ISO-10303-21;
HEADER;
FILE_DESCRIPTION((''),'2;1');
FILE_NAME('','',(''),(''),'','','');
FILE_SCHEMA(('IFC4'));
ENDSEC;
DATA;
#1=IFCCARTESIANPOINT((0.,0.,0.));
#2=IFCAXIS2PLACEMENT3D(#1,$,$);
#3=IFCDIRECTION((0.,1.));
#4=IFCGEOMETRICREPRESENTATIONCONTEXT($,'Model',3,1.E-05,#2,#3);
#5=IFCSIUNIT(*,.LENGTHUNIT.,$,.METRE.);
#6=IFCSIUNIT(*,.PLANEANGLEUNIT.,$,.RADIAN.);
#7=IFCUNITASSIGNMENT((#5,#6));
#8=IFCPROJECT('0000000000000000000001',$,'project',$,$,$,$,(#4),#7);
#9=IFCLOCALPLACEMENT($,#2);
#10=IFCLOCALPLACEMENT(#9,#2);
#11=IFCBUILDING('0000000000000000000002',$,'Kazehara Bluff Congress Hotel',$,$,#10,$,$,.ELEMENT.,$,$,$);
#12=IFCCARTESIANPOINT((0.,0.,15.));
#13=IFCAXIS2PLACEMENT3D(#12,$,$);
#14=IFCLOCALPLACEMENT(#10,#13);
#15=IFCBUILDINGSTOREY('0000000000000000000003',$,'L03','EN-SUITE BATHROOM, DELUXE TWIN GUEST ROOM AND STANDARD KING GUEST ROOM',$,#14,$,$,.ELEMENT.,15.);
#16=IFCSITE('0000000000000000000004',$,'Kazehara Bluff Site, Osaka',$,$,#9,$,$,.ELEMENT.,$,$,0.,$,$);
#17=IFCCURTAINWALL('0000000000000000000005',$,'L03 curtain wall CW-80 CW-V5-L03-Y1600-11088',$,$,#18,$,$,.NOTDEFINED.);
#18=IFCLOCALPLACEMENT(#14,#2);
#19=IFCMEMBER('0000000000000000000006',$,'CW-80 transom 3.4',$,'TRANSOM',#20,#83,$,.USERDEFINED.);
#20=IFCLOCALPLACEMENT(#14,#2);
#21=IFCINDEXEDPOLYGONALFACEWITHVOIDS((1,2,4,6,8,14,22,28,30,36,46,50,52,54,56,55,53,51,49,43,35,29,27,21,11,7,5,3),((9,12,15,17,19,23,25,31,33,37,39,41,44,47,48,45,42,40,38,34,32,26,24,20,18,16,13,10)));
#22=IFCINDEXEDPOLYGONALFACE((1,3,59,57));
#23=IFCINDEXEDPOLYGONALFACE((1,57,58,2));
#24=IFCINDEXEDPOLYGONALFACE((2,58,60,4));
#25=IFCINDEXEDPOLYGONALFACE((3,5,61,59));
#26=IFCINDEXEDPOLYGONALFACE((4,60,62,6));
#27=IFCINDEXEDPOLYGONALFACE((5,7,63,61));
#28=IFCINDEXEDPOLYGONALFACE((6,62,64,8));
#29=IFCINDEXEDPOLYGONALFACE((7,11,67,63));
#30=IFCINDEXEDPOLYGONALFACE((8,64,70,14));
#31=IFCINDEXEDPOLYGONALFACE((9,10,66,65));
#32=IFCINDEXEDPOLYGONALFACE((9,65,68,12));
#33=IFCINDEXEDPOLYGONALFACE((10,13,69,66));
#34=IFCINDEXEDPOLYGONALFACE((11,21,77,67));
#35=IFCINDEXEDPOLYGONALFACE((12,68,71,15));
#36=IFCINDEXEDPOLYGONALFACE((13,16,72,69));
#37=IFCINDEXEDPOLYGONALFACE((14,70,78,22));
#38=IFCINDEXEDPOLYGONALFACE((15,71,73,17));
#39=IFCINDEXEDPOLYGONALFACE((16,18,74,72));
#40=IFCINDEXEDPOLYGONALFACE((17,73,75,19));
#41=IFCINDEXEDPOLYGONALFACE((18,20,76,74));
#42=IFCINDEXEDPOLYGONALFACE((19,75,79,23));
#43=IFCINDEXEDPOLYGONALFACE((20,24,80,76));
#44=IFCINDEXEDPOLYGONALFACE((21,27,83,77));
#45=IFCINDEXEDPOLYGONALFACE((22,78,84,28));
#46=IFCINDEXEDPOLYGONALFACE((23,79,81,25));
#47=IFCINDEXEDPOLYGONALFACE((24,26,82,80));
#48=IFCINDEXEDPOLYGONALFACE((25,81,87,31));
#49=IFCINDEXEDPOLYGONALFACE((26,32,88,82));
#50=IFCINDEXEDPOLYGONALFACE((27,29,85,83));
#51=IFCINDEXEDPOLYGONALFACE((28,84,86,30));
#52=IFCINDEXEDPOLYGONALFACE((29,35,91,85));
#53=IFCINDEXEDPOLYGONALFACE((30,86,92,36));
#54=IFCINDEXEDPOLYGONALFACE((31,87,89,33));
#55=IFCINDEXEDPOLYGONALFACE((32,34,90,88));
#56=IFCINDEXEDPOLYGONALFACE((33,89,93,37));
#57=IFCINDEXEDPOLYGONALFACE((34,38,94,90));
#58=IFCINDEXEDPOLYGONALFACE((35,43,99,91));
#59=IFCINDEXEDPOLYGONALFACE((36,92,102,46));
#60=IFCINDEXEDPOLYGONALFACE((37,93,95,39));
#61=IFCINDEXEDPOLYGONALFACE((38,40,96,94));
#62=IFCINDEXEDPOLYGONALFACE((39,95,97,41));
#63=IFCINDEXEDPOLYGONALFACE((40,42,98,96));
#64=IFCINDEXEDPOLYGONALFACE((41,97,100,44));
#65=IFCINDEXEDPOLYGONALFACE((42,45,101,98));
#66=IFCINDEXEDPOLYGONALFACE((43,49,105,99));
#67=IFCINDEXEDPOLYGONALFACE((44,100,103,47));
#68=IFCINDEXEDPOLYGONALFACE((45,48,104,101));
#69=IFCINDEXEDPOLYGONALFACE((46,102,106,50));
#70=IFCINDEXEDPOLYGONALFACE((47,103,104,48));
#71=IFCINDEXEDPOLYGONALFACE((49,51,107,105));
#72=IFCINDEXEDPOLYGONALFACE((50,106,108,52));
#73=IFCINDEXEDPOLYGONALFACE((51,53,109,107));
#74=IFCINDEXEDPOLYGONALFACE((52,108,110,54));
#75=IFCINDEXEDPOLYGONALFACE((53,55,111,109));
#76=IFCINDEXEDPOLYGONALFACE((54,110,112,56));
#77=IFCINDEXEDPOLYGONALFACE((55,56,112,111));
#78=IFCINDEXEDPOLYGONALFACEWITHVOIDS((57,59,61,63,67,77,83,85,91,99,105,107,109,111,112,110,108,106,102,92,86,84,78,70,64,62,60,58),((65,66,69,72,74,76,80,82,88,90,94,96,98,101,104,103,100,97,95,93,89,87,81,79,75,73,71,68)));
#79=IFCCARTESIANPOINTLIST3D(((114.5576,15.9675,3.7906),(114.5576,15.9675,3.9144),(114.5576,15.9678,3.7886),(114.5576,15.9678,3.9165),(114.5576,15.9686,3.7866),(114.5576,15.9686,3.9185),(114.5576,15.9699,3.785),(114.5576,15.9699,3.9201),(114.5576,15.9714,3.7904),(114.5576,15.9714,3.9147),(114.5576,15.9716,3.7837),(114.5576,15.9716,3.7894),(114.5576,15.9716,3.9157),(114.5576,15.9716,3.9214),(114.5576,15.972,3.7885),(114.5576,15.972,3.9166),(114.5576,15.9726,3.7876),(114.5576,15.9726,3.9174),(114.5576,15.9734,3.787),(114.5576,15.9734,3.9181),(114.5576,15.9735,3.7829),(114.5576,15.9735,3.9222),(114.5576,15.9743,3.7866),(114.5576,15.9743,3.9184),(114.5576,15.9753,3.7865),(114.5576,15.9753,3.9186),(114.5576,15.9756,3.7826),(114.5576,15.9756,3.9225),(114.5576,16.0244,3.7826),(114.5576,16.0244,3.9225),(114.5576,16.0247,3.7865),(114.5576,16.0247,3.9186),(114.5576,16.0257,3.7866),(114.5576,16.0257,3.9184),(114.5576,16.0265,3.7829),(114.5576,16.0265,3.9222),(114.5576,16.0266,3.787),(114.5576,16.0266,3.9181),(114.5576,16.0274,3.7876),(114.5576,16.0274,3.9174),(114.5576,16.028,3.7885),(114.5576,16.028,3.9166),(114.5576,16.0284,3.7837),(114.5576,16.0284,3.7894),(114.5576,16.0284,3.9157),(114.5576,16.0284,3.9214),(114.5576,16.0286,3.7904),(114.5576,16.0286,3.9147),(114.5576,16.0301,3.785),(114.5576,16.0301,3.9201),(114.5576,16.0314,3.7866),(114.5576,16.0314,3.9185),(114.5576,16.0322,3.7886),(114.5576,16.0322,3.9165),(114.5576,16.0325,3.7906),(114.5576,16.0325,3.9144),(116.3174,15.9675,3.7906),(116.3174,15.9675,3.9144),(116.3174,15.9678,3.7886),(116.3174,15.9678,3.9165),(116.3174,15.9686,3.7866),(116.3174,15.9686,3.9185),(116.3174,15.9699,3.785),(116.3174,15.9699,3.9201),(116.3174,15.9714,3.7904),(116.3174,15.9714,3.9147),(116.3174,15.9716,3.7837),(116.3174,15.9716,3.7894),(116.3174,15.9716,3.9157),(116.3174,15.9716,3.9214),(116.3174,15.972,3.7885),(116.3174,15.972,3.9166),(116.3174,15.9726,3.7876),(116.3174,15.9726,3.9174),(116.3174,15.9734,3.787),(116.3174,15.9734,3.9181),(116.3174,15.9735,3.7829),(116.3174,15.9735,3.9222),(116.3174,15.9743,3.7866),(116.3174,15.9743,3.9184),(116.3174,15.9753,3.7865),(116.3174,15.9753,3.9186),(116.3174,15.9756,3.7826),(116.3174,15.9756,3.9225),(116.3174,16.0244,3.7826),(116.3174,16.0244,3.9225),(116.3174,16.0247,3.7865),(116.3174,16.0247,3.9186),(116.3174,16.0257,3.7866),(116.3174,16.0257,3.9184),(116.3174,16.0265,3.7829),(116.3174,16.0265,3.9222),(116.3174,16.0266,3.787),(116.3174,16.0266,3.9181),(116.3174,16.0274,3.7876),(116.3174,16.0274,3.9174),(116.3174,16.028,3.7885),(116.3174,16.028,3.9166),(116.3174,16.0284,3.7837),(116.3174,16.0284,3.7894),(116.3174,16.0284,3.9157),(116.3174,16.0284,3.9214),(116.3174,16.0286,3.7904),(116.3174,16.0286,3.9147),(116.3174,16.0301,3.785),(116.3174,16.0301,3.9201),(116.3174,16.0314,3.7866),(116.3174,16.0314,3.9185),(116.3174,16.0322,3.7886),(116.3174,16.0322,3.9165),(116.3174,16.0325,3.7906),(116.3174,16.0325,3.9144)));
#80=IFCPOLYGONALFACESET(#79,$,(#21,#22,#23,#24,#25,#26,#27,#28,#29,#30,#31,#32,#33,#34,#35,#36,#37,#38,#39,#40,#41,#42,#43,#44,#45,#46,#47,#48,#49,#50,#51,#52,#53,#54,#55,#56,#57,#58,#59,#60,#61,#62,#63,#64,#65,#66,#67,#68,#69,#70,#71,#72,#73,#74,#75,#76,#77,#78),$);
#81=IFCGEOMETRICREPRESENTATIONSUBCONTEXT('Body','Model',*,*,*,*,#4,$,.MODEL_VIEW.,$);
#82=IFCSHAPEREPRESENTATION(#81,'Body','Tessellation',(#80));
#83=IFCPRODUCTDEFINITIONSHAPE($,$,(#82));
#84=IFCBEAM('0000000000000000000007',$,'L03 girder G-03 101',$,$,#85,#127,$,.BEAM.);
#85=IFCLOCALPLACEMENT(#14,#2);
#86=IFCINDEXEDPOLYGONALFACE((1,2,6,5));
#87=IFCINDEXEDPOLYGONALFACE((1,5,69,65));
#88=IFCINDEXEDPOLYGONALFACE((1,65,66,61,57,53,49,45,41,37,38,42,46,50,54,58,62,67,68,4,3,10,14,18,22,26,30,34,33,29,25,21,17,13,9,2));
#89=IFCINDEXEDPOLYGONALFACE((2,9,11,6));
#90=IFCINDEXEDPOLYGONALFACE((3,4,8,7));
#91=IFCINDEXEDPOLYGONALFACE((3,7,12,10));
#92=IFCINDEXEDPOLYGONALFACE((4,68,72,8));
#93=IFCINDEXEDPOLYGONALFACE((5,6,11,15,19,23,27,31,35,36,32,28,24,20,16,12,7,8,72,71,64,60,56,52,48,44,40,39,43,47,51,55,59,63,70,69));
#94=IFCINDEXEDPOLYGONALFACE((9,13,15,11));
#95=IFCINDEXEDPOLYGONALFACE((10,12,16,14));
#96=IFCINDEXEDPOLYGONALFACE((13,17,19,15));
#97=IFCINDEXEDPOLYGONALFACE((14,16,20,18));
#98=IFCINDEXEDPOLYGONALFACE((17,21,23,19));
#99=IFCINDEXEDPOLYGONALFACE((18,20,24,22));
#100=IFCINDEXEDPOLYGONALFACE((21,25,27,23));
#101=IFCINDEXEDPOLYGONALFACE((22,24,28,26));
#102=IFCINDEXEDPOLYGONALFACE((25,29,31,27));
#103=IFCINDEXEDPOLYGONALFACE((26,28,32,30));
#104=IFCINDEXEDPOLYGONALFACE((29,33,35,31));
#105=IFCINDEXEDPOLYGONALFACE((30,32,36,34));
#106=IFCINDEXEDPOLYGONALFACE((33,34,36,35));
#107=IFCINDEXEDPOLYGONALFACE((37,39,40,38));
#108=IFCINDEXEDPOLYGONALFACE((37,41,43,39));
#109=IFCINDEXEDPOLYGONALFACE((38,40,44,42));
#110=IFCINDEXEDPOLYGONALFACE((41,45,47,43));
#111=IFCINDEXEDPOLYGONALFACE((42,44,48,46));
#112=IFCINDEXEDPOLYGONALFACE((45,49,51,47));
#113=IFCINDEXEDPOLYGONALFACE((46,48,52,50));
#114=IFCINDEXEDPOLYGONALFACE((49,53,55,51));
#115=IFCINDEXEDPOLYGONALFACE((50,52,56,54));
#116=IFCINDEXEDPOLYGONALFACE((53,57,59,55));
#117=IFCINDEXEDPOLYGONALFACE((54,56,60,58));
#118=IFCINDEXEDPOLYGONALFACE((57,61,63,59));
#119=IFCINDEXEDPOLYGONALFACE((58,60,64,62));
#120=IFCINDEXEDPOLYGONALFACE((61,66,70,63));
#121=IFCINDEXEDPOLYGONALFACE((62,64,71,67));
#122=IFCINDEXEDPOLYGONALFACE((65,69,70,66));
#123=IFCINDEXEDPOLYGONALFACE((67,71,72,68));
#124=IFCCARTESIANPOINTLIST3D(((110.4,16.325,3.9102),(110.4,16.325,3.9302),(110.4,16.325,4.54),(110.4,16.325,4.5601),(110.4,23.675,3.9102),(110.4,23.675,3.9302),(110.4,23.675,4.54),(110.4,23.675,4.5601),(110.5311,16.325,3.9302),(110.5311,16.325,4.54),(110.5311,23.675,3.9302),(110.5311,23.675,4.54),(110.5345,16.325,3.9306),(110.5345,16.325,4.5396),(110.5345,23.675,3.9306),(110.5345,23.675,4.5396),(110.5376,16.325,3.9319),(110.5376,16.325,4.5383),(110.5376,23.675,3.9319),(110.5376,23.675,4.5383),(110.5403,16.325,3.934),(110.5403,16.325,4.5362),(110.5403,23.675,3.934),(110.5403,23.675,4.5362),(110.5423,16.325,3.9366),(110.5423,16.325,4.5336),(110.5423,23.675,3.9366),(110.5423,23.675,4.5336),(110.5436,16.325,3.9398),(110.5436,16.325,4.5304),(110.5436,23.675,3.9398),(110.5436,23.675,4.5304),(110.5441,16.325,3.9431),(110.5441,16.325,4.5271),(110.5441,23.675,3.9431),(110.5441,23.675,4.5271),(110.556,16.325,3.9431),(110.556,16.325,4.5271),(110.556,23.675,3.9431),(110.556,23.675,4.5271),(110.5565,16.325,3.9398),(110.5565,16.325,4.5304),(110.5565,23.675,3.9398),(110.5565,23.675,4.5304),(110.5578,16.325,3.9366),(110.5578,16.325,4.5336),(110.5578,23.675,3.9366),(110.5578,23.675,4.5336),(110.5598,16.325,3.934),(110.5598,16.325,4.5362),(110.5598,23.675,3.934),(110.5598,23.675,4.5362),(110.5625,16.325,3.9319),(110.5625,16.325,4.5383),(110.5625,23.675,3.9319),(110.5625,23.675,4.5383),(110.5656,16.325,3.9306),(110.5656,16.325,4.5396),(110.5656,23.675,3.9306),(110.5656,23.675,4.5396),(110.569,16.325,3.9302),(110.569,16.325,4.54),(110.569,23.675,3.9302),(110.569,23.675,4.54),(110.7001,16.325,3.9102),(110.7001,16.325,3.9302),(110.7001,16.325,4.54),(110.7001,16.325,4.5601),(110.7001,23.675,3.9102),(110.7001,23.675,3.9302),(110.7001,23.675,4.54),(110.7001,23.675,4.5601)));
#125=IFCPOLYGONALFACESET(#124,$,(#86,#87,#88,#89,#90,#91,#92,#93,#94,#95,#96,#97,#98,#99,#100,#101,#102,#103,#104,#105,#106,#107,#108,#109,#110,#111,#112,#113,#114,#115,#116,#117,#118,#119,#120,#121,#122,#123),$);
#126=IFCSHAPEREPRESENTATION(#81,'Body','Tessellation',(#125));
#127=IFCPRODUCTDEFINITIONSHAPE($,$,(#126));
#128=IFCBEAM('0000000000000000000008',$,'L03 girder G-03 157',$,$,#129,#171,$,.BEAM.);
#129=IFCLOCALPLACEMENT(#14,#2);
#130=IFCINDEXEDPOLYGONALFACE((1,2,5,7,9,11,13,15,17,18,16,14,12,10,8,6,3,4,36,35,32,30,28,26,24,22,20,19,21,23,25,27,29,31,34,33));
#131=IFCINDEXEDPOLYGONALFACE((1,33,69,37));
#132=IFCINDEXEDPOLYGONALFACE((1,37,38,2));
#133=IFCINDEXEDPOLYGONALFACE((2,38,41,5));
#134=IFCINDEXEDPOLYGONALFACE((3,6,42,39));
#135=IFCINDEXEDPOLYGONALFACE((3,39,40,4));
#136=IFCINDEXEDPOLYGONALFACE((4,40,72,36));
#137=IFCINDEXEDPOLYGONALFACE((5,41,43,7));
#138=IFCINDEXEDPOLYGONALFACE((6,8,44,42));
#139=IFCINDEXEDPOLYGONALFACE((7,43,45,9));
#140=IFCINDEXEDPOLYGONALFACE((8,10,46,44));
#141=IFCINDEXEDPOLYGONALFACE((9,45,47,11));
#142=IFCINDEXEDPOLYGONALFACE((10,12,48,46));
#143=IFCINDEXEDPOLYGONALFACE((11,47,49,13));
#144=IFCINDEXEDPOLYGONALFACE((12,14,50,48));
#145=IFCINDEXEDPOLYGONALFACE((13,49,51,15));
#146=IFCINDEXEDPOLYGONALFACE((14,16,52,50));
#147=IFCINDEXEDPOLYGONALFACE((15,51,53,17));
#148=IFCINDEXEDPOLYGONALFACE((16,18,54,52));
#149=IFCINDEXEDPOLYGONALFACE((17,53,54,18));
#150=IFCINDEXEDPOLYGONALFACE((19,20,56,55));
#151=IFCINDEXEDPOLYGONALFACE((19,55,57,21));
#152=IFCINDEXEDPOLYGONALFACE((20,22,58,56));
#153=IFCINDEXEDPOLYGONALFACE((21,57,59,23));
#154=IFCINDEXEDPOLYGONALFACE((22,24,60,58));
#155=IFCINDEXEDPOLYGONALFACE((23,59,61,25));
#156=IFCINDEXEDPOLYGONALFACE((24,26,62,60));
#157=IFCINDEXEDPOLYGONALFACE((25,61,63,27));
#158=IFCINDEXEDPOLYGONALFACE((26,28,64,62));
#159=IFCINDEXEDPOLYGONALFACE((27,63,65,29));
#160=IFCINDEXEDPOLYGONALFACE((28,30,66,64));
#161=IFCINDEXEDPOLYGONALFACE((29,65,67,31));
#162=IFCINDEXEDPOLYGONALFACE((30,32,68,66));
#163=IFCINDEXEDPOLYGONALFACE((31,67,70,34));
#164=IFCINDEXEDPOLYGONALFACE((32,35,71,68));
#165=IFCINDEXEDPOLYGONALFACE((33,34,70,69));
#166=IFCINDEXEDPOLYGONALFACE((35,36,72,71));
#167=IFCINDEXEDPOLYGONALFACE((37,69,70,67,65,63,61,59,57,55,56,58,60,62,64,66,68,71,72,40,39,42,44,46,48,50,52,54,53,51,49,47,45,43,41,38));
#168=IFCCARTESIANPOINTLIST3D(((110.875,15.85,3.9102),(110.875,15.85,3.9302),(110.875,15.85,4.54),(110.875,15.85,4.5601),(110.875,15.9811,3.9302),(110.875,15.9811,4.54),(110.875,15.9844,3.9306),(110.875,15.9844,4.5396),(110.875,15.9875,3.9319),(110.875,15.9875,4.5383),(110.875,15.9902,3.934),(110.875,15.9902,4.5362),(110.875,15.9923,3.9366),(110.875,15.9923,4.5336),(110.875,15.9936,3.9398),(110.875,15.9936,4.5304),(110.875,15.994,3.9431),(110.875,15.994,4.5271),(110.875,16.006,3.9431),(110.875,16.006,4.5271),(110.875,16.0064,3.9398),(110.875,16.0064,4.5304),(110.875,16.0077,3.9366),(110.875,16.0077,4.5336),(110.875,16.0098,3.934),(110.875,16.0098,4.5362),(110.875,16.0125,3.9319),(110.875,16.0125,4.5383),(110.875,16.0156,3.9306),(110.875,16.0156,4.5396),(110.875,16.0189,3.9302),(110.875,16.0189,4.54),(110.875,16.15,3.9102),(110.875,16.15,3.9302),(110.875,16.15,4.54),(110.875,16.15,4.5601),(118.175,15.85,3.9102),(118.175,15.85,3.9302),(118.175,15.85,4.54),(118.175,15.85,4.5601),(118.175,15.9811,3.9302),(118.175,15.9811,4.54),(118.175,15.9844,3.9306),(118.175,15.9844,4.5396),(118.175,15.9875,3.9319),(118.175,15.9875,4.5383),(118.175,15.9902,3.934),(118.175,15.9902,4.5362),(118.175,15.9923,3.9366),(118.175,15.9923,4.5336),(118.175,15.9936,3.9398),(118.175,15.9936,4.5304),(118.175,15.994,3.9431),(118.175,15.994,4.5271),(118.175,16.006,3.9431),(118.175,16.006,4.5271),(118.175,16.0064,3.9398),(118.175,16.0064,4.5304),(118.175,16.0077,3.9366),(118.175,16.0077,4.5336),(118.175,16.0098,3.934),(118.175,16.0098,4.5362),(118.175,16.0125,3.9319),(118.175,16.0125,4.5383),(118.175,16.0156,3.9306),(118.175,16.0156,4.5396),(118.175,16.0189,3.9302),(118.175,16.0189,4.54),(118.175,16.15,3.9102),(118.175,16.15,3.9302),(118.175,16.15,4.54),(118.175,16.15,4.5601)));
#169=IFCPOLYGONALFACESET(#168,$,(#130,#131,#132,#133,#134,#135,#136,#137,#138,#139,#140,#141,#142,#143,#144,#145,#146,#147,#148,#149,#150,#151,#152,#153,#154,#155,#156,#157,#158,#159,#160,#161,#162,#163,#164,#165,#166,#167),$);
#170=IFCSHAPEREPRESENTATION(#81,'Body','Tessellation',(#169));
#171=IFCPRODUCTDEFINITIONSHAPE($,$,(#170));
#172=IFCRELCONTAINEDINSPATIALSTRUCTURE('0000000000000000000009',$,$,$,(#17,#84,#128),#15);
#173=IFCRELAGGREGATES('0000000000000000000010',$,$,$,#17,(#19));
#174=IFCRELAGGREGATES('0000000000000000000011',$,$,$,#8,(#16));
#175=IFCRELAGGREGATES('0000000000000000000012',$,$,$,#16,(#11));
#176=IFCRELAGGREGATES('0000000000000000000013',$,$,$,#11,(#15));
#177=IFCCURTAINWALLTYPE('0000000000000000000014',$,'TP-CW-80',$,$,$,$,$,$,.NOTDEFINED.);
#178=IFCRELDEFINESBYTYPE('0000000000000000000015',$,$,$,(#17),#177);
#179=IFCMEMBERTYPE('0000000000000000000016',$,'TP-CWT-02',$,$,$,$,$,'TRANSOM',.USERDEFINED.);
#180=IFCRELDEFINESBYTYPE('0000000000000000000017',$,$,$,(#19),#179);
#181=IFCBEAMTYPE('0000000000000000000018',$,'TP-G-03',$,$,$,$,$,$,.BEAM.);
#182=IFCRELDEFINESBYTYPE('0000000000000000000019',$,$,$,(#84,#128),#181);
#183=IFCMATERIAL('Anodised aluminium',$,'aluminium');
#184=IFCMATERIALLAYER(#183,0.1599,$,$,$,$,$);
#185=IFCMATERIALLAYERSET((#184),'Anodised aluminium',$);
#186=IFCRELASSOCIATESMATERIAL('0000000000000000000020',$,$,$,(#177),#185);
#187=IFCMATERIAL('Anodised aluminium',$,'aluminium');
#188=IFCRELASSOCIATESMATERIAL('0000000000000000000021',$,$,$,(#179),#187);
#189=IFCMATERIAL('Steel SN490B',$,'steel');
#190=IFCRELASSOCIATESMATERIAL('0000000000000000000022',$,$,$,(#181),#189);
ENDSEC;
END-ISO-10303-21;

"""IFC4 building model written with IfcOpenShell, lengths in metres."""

from ifc_helpers import new_model, si_unit, direction, frame, origin, origin_2d, place, context, subcontext, project, spatial, hollow_rectangle, i_section, extrude, material, layer, layer_set, material_profile, profile_set, type_object, element, aggregate, save


model = new_model("IFC4")

# Units and contexts
model_context = context("Model", 3, precision=1e-05, world=origin(), true_north=direction((0.0, 1.0)))
body_context = subcontext(model_context, "Body", "Model", "MODEL_VIEW")
ifc_project = project(units=[si_unit("LENGTHUNIT", "METRE"), si_unit("PLANEANGLEUNIT", "RADIAN")], contexts=[model_context])

# Site, building, storey
site_placement = place(None, origin())
site = spatial("IfcSite", under=ifc_project, at=site_placement, Name="Kazehara Bluff Site, Osaka", CompositionType="ELEMENT", RefElevation=0.0)
building_placement = place(site_placement, origin())
building = spatial("IfcBuilding", under=site, at=building_placement, Name="Kazehara Bluff Congress Hotel", CompositionType="ELEMENT")
storey_placement = place(building_placement, frame((0.0, 0.0, 15.0)))
storey = spatial("IfcBuildingStorey", under=building, at=storey_placement, Name="L03", Description="EN-SUITE BATHROOM, DELUXE TWIN GUEST ROOM AND STANDARD KING GUEST ROOM", CompositionType="ELEMENT", Elevation=15.0)

# Curtain wall, member
ifc_material_1 = material(Name="Anodised aluminium", Category="aluminium")
ifc_layer_1 = layer(ifc_material_1, 0.1599)
ifc_layer_set_1 = layer_set([ifc_layer_1], Name="Anodised aluminium")
curtain_wall_type = type_object("IfcCurtainWallType", Name="TP-CW-80", PredefinedType="NOTDEFINED", material=ifc_layer_set_1)
curtain_wall_placement = place(storey_placement, origin())
curtain_wall = element("IfcCurtainWall", 1, at=curtain_wall_placement, inside=storey, type_object=curtain_wall_type, Name="L03 curtain wall CW-80 CW-V5-L03-Y1600-11088", PredefinedType="NOTDEFINED")
ifc_material_2 = material(Name="Anodised aluminium", Category="aluminium")
ifc_material_profile_1 = material_profile(ifc_material_2, hollow_rectangle(XDim=0.0649, YDim=0.1399, WallThickness=0.0039, InnerFilletRadius=0.0039, OuterFilletRadius=0.0081, at=origin_2d()))
ifc_profile_set_1 = profile_set([ifc_material_profile_1], Name="Anodised aluminium")
member_type_1 = type_object("IfcMemberType", Name="TP-CWT-02", ElementType="TRANSOM", PredefinedType="USERDEFINED", material=ifc_profile_set_1)
member_1_placement = place(storey_placement, frame((114.5576, 16.0, 3.8525), z_axis=(1.0, 0.0, 0.0), x_axis=(0.0, 1.0, 0.0)))
member_1 = element("IfcMember", 2, at=member_1_placement, type_object=member_type_1, Name="CW-80 transom 3.4", ObjectType="TRANSOM", PredefinedType="USERDEFINED", context=body_context, shape_type="SweptSolid", body=[
    extrude(hollow_rectangle(XDim=0.0649, YDim=0.1399, WallThickness=0.0039, InnerFilletRadius=0.0039, OuterFilletRadius=0.0081, at=origin_2d()), origin(), (0.0, 0.0, 1.0), 1.7598),
])

# Beams
ifc_material_3 = material(Name="Steel SN490B", Category="steel")
ifc_material_profile_2 = material_profile(ifc_material_3, i_section(OverallWidth=0.3, OverallDepth=0.6499, WebThickness=0.012, FlangeThickness=0.02, FilletRadius=0.0129, at=origin_2d()))
ifc_profile_set_2 = profile_set([ifc_material_profile_2], Name="Steel SN490B")
beam_type_1 = type_object("IfcBeamType", Name="TP-G-03", PredefinedType="BEAM", material=ifc_profile_set_2)
beam_1_placement = place(storey_placement, frame((110.55, 16.325, 4.2351), z_axis=(0.0, 1.0, 0.0), x_axis=(-1.0, 0.0, 0.0)))
element("IfcBeam", 3, at=beam_1_placement, inside=storey, type_object=beam_type_1, Name="L03 girder G-03 101", PredefinedType="BEAM", context=body_context, shape_type="SweptSolid", body=[
    extrude(i_section(OverallWidth=0.3, OverallDepth=0.6499, WebThickness=0.012, FlangeThickness=0.02, FilletRadius=0.0129, at=origin_2d()), origin(), (0.0, 0.0, 1.0), 7.3501),
])
beam_2_placement = place(storey_placement, frame((110.875, 16.0, 4.2351), z_axis=(1.0, 0.0, 0.0), x_axis=(0.0, 1.0, 0.0)))
element("IfcBeam", 4, at=beam_2_placement, inside=storey, type_object=beam_type_1, Name="L03 girder G-03 157", PredefinedType="BEAM", context=body_context, shape_type="SweptSolid", body=[
    extrude(i_section(OverallWidth=0.3, OverallDepth=0.6499, WebThickness=0.012, FlangeThickness=0.02, FilletRadius=0.0129, at=origin_2d()), origin(), (0.0, 0.0, 1.0), 7.3),
])

aggregate(curtain_wall, [member_1])

save(model, "model.ifc")
